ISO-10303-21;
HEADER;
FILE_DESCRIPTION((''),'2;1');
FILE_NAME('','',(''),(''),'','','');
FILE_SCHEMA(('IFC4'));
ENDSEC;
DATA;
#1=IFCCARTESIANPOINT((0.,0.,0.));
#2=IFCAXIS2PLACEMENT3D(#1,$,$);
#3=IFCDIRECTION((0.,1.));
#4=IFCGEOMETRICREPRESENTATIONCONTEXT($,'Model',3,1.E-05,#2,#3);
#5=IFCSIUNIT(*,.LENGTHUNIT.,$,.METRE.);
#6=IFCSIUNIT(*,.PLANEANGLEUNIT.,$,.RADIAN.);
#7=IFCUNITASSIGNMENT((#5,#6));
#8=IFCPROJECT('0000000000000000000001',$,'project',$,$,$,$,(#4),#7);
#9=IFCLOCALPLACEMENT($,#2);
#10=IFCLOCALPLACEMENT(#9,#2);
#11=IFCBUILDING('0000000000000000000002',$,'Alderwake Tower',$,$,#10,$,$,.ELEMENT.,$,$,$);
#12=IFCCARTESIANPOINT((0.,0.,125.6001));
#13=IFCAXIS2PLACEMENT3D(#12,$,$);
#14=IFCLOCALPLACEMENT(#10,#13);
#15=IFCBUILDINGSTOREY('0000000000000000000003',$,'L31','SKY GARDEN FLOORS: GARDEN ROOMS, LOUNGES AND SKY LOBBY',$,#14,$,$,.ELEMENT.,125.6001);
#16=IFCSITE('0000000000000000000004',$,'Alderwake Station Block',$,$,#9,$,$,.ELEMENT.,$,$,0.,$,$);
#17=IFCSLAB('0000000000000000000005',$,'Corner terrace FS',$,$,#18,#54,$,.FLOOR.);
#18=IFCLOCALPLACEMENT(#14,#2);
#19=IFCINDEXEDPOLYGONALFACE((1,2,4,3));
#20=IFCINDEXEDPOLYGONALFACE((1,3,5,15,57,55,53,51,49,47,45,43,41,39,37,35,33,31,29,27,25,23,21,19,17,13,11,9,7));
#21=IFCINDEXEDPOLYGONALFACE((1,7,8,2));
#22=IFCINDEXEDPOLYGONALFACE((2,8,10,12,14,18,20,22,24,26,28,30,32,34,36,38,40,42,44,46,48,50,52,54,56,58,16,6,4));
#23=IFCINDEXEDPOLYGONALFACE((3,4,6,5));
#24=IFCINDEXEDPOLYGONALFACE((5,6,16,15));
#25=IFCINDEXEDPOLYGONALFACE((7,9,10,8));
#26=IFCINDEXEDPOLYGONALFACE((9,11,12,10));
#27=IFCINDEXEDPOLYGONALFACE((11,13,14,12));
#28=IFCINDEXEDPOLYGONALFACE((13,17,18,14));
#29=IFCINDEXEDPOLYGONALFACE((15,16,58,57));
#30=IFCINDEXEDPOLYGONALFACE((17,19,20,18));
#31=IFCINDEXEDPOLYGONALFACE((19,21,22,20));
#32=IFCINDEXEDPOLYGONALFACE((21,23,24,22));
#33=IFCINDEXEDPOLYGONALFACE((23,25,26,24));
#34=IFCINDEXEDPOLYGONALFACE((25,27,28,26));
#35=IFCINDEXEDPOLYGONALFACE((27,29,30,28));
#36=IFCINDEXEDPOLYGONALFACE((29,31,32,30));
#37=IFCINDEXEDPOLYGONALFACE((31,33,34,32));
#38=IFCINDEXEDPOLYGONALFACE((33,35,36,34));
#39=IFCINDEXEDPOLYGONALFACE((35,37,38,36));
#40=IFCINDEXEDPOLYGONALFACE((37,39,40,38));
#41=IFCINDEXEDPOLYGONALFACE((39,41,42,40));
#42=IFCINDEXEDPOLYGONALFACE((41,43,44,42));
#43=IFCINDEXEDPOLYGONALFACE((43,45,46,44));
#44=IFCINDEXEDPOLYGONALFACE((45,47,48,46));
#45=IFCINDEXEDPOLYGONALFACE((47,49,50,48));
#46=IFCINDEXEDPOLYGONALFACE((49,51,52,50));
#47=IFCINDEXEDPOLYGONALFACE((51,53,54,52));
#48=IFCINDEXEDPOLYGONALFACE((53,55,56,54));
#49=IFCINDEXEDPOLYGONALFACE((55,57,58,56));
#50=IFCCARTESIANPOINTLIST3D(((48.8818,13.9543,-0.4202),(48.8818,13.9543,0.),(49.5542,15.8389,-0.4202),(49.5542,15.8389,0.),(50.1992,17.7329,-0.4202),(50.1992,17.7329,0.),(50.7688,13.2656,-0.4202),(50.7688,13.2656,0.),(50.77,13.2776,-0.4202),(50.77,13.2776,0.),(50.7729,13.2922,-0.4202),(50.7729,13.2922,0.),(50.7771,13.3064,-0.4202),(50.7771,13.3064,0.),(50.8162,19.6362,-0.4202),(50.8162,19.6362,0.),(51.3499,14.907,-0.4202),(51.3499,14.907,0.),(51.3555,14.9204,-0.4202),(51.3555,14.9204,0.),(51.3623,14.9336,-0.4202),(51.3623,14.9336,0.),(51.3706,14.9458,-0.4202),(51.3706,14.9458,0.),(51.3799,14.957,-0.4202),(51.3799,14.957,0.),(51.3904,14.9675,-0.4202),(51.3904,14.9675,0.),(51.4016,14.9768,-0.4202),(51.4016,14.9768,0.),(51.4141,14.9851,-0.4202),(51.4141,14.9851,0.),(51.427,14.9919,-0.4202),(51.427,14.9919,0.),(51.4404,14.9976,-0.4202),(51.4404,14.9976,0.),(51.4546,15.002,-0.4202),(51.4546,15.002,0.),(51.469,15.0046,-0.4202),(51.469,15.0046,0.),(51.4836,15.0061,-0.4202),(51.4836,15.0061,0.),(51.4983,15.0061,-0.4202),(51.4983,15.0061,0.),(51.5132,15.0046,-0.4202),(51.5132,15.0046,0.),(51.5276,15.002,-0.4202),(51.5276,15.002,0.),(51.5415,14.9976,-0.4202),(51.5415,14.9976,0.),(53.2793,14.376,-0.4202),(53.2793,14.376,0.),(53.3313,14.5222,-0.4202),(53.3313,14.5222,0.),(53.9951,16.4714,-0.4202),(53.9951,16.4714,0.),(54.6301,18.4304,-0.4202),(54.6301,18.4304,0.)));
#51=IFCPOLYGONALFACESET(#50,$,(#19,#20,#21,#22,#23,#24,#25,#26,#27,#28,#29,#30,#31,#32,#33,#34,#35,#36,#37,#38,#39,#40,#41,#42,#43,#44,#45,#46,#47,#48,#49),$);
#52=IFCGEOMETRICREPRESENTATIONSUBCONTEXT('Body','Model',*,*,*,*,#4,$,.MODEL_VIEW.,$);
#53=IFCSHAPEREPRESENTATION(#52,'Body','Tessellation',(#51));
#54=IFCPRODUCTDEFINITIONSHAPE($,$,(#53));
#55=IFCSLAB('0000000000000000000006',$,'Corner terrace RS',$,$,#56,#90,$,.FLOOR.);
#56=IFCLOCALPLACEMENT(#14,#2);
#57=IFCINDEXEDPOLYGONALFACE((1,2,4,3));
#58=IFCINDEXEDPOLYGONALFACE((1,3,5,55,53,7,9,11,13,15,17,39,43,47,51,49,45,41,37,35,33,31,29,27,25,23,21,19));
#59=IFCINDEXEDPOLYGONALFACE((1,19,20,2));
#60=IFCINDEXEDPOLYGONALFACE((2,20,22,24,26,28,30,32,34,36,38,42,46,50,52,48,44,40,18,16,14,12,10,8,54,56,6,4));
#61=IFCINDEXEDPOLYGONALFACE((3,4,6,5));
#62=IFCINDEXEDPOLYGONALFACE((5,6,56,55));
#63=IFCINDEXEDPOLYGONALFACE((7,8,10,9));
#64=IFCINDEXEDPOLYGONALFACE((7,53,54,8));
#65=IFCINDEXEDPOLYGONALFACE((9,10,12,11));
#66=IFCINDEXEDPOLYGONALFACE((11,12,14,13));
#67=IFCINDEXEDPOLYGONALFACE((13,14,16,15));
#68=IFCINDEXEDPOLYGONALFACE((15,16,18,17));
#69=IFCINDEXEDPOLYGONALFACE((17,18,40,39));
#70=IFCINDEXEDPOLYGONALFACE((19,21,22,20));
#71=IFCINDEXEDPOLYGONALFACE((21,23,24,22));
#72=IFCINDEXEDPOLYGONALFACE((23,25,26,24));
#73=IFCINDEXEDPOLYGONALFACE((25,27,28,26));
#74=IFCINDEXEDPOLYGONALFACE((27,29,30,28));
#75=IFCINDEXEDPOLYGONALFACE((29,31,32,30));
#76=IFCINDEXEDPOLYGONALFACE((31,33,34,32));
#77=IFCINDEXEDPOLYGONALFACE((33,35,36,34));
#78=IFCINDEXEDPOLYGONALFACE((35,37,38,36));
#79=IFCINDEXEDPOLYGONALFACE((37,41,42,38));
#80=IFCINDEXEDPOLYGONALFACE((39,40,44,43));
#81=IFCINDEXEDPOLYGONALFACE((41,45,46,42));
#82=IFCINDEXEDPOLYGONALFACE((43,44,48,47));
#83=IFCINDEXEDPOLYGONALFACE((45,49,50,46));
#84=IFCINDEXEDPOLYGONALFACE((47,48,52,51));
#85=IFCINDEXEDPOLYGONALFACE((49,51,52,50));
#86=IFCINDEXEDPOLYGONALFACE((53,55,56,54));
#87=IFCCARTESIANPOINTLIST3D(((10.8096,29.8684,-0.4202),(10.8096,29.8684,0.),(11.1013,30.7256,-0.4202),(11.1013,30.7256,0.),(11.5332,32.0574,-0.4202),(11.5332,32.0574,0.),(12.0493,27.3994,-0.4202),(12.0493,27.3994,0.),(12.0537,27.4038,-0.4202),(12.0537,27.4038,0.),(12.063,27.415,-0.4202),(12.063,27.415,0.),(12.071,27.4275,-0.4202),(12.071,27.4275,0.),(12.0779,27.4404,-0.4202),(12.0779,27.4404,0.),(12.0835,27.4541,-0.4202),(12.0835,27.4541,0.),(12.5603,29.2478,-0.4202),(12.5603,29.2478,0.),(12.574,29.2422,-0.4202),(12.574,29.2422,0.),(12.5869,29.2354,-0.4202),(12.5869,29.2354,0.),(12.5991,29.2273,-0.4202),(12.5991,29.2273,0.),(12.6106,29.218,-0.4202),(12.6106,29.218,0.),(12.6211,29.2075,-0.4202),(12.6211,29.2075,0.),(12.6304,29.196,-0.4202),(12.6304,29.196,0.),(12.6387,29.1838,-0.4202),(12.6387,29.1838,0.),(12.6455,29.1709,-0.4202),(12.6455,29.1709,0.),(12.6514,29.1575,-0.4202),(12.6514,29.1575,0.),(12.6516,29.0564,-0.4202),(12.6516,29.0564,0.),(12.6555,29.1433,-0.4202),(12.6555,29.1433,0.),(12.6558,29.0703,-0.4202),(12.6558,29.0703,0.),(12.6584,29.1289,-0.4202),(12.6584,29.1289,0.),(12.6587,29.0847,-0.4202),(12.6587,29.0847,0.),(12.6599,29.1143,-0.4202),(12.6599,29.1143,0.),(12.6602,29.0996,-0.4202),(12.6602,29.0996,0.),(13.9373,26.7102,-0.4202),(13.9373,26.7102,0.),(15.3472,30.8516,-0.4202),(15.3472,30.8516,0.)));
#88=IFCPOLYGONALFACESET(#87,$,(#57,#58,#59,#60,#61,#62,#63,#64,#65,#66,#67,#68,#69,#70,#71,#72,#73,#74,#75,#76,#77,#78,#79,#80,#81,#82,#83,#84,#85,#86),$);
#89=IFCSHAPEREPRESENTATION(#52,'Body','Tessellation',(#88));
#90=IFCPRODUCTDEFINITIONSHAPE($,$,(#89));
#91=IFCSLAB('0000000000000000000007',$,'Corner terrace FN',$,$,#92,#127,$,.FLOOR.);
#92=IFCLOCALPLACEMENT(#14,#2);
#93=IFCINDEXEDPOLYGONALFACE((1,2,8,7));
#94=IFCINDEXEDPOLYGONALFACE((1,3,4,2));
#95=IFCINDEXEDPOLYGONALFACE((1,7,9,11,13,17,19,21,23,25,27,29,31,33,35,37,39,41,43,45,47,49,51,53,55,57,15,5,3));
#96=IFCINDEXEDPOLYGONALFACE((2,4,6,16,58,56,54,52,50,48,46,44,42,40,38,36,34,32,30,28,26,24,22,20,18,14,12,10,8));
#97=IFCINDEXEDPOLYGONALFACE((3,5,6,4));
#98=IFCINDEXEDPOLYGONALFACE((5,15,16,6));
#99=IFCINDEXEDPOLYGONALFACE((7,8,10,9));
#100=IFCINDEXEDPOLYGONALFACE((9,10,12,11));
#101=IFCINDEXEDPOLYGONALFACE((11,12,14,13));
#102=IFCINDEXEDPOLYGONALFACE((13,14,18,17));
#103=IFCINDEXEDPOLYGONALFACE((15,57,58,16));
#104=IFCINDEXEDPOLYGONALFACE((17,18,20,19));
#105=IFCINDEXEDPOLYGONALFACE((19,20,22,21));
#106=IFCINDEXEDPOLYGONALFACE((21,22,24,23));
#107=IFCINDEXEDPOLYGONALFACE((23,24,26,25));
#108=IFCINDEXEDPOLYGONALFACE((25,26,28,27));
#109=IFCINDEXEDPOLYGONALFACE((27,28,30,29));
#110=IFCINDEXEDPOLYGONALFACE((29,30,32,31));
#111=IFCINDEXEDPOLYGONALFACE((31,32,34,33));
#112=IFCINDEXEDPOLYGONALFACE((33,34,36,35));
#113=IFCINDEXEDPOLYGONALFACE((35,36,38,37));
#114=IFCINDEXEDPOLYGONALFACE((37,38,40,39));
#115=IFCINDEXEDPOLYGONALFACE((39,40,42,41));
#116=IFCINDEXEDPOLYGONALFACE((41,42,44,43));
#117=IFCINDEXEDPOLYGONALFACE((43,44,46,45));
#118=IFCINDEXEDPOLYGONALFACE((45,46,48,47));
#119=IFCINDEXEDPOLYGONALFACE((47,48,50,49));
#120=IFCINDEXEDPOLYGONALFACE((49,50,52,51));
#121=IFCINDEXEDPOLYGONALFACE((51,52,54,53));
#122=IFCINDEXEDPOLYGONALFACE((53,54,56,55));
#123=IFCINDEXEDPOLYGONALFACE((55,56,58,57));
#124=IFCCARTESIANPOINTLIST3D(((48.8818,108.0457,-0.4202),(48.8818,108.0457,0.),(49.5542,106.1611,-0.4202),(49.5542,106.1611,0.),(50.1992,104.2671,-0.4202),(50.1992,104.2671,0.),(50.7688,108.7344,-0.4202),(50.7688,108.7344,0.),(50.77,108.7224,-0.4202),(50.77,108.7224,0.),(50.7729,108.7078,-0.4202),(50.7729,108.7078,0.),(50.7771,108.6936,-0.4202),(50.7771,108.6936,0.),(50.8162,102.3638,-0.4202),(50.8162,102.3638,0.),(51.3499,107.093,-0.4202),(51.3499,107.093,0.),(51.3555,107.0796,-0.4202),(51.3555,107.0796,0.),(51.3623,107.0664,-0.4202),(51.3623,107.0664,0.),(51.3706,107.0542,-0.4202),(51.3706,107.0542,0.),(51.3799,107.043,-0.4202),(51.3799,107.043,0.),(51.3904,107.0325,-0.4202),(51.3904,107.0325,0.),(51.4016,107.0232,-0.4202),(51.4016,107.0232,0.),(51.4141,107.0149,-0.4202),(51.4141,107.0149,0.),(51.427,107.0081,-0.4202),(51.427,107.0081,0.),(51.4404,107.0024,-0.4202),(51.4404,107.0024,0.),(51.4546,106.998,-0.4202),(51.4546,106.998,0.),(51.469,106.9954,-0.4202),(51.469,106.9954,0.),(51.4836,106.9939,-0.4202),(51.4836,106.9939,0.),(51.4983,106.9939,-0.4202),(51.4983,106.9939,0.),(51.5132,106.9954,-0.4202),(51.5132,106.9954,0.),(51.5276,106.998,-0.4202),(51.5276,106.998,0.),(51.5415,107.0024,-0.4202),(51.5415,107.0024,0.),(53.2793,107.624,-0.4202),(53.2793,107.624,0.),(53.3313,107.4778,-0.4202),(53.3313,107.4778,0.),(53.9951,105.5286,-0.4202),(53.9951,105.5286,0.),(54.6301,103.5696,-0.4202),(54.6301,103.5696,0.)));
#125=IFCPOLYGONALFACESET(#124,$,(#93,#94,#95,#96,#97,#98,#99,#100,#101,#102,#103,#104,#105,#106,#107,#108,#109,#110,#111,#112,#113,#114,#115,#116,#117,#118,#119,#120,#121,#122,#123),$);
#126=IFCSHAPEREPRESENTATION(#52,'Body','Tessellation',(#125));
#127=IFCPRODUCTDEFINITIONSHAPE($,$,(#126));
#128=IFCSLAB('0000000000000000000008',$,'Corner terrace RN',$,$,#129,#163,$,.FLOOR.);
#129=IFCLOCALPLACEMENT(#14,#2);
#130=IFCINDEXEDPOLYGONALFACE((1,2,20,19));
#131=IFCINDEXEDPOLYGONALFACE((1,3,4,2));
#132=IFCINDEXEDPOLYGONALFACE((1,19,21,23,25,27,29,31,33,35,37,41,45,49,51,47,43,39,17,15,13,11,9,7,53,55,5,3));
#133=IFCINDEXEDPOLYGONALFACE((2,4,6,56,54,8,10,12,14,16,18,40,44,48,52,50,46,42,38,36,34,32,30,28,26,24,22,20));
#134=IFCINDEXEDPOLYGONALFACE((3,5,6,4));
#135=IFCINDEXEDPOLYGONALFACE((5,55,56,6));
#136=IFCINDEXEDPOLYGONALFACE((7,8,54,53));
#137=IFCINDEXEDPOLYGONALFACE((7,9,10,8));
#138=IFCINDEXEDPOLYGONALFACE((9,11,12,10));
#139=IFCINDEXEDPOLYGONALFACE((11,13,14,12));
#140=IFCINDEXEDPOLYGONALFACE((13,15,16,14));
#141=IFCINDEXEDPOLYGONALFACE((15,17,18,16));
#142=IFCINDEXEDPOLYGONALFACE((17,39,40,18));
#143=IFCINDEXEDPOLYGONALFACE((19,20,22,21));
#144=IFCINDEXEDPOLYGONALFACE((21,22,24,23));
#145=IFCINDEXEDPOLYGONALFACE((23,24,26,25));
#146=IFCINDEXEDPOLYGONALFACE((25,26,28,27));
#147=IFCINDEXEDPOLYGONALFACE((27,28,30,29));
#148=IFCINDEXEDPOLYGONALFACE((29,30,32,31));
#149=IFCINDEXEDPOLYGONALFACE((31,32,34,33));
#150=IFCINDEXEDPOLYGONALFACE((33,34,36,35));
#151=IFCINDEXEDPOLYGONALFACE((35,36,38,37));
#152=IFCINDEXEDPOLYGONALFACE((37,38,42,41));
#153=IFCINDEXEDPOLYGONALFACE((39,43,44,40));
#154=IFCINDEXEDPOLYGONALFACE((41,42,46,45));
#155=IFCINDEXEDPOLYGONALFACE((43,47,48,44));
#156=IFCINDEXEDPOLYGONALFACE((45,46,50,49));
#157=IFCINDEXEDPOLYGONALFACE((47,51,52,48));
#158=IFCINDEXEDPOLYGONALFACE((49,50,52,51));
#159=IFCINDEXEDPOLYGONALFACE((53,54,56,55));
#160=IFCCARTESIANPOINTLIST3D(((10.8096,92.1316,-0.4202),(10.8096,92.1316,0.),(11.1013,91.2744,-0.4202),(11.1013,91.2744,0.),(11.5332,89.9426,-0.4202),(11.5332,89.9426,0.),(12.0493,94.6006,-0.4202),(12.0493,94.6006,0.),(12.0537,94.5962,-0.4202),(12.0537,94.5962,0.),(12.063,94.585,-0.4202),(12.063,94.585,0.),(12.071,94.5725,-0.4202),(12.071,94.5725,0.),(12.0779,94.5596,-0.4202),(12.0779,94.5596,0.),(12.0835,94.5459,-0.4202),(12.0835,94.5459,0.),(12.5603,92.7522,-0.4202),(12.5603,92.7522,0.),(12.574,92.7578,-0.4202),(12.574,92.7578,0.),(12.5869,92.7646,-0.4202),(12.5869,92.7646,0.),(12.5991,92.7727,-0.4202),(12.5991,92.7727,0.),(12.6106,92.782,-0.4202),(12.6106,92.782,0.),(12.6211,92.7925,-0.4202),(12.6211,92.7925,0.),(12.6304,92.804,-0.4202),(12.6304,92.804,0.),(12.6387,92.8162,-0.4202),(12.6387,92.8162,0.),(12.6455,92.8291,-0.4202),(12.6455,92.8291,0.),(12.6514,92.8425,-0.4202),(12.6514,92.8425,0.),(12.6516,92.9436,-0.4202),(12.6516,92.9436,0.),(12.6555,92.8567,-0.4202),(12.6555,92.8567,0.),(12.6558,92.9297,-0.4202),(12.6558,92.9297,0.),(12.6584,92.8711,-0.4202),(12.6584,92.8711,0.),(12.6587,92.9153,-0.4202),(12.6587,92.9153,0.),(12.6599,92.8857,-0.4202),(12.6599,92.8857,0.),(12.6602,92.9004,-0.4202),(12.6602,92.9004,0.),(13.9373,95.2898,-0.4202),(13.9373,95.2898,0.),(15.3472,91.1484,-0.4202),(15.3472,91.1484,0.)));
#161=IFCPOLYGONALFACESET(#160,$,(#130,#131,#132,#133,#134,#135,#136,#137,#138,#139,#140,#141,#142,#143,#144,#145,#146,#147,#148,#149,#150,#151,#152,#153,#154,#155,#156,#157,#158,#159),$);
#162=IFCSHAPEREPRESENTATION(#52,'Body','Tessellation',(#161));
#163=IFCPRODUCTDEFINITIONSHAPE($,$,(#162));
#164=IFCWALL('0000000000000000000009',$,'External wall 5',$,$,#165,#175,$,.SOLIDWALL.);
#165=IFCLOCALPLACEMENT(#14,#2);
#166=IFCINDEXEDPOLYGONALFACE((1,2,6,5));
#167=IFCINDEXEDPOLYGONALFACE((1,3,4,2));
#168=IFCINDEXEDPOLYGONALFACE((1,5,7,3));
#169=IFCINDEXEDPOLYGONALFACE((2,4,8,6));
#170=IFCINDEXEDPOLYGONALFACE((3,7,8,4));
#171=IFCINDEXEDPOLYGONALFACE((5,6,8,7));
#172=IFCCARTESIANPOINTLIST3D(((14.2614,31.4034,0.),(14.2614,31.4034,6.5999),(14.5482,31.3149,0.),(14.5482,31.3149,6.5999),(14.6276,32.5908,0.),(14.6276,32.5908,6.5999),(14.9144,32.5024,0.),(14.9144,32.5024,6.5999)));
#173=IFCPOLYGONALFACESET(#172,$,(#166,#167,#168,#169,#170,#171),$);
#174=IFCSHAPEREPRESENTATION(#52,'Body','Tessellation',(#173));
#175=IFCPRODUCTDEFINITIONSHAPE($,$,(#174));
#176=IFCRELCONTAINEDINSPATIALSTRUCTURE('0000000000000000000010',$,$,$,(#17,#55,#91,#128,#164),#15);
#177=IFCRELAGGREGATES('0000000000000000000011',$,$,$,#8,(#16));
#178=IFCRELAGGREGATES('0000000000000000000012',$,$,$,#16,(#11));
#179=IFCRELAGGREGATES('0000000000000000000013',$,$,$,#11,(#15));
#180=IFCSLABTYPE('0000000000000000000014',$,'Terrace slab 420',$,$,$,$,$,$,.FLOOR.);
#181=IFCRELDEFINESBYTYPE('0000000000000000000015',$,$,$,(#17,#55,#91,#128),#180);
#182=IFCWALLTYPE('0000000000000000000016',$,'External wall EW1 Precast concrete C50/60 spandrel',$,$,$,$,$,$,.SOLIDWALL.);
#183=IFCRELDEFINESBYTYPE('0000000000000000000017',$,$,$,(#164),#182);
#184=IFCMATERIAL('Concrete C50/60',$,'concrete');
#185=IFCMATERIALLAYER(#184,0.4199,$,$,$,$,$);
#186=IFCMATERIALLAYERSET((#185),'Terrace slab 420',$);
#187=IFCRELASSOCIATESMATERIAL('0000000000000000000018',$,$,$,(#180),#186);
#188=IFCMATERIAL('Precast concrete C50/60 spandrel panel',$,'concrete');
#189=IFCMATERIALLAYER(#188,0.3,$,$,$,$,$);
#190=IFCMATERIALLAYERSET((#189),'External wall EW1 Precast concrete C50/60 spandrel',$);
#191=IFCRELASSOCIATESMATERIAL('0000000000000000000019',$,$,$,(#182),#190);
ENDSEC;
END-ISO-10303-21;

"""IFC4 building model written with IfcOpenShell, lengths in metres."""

from ifc_helpers import new_model, si_unit, direction, frame, frame_2d, origin, place, context, subcontext, project, spatial, polyline, rectangle, outline, extrude, material, layer, layer_set, type_object, element, save


model = new_model("IFC4")

# Units and contexts
model_context = context("Model", 3, precision=1e-05, world=origin(), true_north=direction((0.0, 1.0)))
body_context = subcontext(model_context, "Body", "Model", "MODEL_VIEW")
ifc_project = project(units=[si_unit("LENGTHUNIT", "METRE"), si_unit("PLANEANGLEUNIT", "RADIAN")], contexts=[model_context])

# Site, building, storey
site_placement = place(None, origin())
site = spatial("IfcSite", under=ifc_project, at=site_placement, Name="Alderwake Station Block", CompositionType="ELEMENT", RefElevation=0.0)
building_placement = place(site_placement, origin())
building = spatial("IfcBuilding", under=site, at=building_placement, Name="Alderwake Tower", CompositionType="ELEMENT")
storey_placement = place(building_placement, frame((0.0, 0.0, 125.6001)))
storey = spatial("IfcBuildingStorey", under=building, at=storey_placement, Name="L31", Description="SKY GARDEN FLOORS: GARDEN ROOMS, LOUNGES AND SKY LOBBY", CompositionType="ELEMENT", Elevation=125.6001)

# Slabs
ifc_material_1 = material(Name="Concrete C50/60", Category="concrete")
ifc_layer_1 = layer(ifc_material_1, 0.4199)
ifc_layer_set_1 = layer_set([ifc_layer_1], Name="Terrace slab 420")
slab_type_1 = type_object("IfcSlabType", Name="Terrace slab 420", PredefinedType="FLOOR", material=ifc_layer_set_1)
slab_1_placement = place(storey_placement, frame((0.0, 0.0, -0.4202)))
element("IfcSlab", 1, at=slab_1_placement, inside=storey, type_object=slab_type_1, Name="Corner terrace FS", PredefinedType="FLOOR", context=body_context, shape_type="SweptSolid", body=[
    extrude(outline(polyline([(53.3313, 14.5222), (53.2793, 14.376), (51.5415, 14.9976), (51.5276, 15.002), (51.5132, 15.0046), (51.4983, 15.0061), (51.4836, 15.0061), (51.469, 15.0046), (51.4546, 15.002), (51.4404, 14.9976), (51.427, 14.9919), (51.4141, 14.9851), (51.4016, 14.9768), (51.3904, 14.9675), (51.3799, 14.957), (51.3706, 14.9458), (51.3623, 14.9336), (51.3555, 14.9204), (51.3499, 14.907), (50.7771, 13.3064), (50.7729, 13.2922), (50.77, 13.2776), (50.7688, 13.2656), (48.8818, 13.9543), (49.5542, 15.8389), (50.1992, 17.7329), (50.8162, 19.6362), (54.6301, 18.4304), (53.9951, 16.4714), (53.3313, 14.5222)])), origin(), (0.0, 0.0, 1.0), 0.4202),
])
slab_2_placement = place(storey_placement, frame((0.0, 0.0, -0.4202)))
element("IfcSlab", 2, at=slab_2_placement, inside=storey, type_object=slab_type_1, Name="Corner terrace RS", PredefinedType="FLOOR", context=body_context, shape_type="SweptSolid", body=[
    extrude(outline(polyline([(13.9373, 26.7102), (12.0493, 27.3994), (12.0537, 27.4038), (12.063, 27.415), (12.071, 27.4275), (12.0779, 27.4404), (12.0835, 27.4541), (12.6516, 29.0564), (12.6558, 29.0703), (12.6587, 29.0847), (12.6602, 29.0996), (12.6599, 29.1143), (12.6584, 29.1289), (12.6555, 29.1433), (12.6514, 29.1575), (12.6455, 29.1709), (12.6387, 29.1838), (12.6304, 29.196), (12.6211, 29.2075), (12.6106, 29.218), (12.5991, 29.2273), (12.5869, 29.2354), (12.574, 29.2422), (12.5603, 29.2478), (10.8096, 29.8684), (11.1013, 30.7256), (11.5332, 32.0574), (15.3472, 30.8516), (13.9373, 26.7102)])), origin(), (0.0, 0.0, 1.0), 0.4202),
])
slab_3_placement = place(storey_placement, frame((0.0, 0.0, -0.4202)))
element("IfcSlab", 3, at=slab_3_placement, inside=storey, type_object=slab_type_1, Name="Corner terrace FN", PredefinedType="FLOOR", context=body_context, shape_type="SweptSolid", body=[
    extrude(outline(polyline([(53.3313, 107.4778), (53.9951, 105.5286), (54.6301, 103.5696), (50.8162, 102.3638), (50.1992, 104.2671), (49.5542, 106.1611), (48.8818, 108.0457), (50.7688, 108.7344), (50.77, 108.7224), (50.7729, 108.7078), (50.7771, 108.6936), (51.3499, 107.093), (51.3555, 107.0796), (51.3623, 107.0664), (51.3706, 107.0542), (51.3799, 107.043), (51.3904, 107.0325), (51.4016, 107.0232), (51.4141, 107.0149), (51.427, 107.0081), (51.4404, 107.0024), (51.4546, 106.998), (51.469, 106.9954), (51.4836, 106.9939), (51.4983, 106.9939), (51.5132, 106.9954), (51.5276, 106.998), (51.5415, 107.0024), (53.2793, 107.624), (53.3313, 107.4778)])), origin(), (0.0, 0.0, 1.0), 0.4202),
])
slab_4_placement = place(storey_placement, frame((0.0, 0.0, -0.4202)))
element("IfcSlab", 4, at=slab_4_placement, inside=storey, type_object=slab_type_1, Name="Corner terrace RN", PredefinedType="FLOOR", context=body_context, shape_type="SweptSolid", body=[
    extrude(outline(polyline([(10.8096, 92.1316), (12.5603, 92.7522), (12.574, 92.7578), (12.5869, 92.7646), (12.5991, 92.7727), (12.6106, 92.782), (12.6211, 92.7925), (12.6304, 92.804), (12.6387, 92.8162), (12.6455, 92.8291), (12.6514, 92.8425), (12.6555, 92.8567), (12.6584, 92.8711), (12.6599, 92.8857), (12.6602, 92.9004), (12.6587, 92.9153), (12.6558, 92.9297), (12.6516, 92.9436), (12.0835, 94.5459), (12.0779, 94.5596), (12.071, 94.5725), (12.063, 94.585), (12.0537, 94.5962), (12.0493, 94.6006), (13.9373, 95.2898), (15.3472, 91.1484), (11.5332, 89.9426), (11.1013, 91.2744), (10.8096, 92.1316)])), origin(), (0.0, 0.0, 1.0), 0.4202),
])

# Wall
ifc_material_2 = material(Name="Precast concrete C50/60 spandrel panel", Category="concrete")
ifc_layer_2 = layer(ifc_material_2, 0.3)
ifc_layer_set_2 = layer_set([ifc_layer_2], Name="External wall EW1 Precast concrete C50/60 spandrel")
wall_type_1 = type_object("IfcWallType", Name="External wall EW1 Precast concrete C50/60 spandrel", PredefinedType="SOLIDWALL", material=ifc_layer_set_2)
wall_1_placement = place(storey_placement, frame((14.771, 32.5466, 0.0), z_axis=(0.0, 0.0, 1.0), x_axis=(-0.294693, -0.955592, 0.0)))
element("IfcWall", 5, at=wall_1_placement, inside=storey, type_object=wall_type_1, Name="External wall 5", PredefinedType="SOLIDWALL", context=body_context, shape_type="SweptSolid", body=[
    extrude(rectangle(XDim=1.2427, YDim=0.3, at=frame_2d((0.6213, 0.0))), origin(), (0.0, 0.0, 1.0), 6.5999),
])

save(model, "model.ifc")
